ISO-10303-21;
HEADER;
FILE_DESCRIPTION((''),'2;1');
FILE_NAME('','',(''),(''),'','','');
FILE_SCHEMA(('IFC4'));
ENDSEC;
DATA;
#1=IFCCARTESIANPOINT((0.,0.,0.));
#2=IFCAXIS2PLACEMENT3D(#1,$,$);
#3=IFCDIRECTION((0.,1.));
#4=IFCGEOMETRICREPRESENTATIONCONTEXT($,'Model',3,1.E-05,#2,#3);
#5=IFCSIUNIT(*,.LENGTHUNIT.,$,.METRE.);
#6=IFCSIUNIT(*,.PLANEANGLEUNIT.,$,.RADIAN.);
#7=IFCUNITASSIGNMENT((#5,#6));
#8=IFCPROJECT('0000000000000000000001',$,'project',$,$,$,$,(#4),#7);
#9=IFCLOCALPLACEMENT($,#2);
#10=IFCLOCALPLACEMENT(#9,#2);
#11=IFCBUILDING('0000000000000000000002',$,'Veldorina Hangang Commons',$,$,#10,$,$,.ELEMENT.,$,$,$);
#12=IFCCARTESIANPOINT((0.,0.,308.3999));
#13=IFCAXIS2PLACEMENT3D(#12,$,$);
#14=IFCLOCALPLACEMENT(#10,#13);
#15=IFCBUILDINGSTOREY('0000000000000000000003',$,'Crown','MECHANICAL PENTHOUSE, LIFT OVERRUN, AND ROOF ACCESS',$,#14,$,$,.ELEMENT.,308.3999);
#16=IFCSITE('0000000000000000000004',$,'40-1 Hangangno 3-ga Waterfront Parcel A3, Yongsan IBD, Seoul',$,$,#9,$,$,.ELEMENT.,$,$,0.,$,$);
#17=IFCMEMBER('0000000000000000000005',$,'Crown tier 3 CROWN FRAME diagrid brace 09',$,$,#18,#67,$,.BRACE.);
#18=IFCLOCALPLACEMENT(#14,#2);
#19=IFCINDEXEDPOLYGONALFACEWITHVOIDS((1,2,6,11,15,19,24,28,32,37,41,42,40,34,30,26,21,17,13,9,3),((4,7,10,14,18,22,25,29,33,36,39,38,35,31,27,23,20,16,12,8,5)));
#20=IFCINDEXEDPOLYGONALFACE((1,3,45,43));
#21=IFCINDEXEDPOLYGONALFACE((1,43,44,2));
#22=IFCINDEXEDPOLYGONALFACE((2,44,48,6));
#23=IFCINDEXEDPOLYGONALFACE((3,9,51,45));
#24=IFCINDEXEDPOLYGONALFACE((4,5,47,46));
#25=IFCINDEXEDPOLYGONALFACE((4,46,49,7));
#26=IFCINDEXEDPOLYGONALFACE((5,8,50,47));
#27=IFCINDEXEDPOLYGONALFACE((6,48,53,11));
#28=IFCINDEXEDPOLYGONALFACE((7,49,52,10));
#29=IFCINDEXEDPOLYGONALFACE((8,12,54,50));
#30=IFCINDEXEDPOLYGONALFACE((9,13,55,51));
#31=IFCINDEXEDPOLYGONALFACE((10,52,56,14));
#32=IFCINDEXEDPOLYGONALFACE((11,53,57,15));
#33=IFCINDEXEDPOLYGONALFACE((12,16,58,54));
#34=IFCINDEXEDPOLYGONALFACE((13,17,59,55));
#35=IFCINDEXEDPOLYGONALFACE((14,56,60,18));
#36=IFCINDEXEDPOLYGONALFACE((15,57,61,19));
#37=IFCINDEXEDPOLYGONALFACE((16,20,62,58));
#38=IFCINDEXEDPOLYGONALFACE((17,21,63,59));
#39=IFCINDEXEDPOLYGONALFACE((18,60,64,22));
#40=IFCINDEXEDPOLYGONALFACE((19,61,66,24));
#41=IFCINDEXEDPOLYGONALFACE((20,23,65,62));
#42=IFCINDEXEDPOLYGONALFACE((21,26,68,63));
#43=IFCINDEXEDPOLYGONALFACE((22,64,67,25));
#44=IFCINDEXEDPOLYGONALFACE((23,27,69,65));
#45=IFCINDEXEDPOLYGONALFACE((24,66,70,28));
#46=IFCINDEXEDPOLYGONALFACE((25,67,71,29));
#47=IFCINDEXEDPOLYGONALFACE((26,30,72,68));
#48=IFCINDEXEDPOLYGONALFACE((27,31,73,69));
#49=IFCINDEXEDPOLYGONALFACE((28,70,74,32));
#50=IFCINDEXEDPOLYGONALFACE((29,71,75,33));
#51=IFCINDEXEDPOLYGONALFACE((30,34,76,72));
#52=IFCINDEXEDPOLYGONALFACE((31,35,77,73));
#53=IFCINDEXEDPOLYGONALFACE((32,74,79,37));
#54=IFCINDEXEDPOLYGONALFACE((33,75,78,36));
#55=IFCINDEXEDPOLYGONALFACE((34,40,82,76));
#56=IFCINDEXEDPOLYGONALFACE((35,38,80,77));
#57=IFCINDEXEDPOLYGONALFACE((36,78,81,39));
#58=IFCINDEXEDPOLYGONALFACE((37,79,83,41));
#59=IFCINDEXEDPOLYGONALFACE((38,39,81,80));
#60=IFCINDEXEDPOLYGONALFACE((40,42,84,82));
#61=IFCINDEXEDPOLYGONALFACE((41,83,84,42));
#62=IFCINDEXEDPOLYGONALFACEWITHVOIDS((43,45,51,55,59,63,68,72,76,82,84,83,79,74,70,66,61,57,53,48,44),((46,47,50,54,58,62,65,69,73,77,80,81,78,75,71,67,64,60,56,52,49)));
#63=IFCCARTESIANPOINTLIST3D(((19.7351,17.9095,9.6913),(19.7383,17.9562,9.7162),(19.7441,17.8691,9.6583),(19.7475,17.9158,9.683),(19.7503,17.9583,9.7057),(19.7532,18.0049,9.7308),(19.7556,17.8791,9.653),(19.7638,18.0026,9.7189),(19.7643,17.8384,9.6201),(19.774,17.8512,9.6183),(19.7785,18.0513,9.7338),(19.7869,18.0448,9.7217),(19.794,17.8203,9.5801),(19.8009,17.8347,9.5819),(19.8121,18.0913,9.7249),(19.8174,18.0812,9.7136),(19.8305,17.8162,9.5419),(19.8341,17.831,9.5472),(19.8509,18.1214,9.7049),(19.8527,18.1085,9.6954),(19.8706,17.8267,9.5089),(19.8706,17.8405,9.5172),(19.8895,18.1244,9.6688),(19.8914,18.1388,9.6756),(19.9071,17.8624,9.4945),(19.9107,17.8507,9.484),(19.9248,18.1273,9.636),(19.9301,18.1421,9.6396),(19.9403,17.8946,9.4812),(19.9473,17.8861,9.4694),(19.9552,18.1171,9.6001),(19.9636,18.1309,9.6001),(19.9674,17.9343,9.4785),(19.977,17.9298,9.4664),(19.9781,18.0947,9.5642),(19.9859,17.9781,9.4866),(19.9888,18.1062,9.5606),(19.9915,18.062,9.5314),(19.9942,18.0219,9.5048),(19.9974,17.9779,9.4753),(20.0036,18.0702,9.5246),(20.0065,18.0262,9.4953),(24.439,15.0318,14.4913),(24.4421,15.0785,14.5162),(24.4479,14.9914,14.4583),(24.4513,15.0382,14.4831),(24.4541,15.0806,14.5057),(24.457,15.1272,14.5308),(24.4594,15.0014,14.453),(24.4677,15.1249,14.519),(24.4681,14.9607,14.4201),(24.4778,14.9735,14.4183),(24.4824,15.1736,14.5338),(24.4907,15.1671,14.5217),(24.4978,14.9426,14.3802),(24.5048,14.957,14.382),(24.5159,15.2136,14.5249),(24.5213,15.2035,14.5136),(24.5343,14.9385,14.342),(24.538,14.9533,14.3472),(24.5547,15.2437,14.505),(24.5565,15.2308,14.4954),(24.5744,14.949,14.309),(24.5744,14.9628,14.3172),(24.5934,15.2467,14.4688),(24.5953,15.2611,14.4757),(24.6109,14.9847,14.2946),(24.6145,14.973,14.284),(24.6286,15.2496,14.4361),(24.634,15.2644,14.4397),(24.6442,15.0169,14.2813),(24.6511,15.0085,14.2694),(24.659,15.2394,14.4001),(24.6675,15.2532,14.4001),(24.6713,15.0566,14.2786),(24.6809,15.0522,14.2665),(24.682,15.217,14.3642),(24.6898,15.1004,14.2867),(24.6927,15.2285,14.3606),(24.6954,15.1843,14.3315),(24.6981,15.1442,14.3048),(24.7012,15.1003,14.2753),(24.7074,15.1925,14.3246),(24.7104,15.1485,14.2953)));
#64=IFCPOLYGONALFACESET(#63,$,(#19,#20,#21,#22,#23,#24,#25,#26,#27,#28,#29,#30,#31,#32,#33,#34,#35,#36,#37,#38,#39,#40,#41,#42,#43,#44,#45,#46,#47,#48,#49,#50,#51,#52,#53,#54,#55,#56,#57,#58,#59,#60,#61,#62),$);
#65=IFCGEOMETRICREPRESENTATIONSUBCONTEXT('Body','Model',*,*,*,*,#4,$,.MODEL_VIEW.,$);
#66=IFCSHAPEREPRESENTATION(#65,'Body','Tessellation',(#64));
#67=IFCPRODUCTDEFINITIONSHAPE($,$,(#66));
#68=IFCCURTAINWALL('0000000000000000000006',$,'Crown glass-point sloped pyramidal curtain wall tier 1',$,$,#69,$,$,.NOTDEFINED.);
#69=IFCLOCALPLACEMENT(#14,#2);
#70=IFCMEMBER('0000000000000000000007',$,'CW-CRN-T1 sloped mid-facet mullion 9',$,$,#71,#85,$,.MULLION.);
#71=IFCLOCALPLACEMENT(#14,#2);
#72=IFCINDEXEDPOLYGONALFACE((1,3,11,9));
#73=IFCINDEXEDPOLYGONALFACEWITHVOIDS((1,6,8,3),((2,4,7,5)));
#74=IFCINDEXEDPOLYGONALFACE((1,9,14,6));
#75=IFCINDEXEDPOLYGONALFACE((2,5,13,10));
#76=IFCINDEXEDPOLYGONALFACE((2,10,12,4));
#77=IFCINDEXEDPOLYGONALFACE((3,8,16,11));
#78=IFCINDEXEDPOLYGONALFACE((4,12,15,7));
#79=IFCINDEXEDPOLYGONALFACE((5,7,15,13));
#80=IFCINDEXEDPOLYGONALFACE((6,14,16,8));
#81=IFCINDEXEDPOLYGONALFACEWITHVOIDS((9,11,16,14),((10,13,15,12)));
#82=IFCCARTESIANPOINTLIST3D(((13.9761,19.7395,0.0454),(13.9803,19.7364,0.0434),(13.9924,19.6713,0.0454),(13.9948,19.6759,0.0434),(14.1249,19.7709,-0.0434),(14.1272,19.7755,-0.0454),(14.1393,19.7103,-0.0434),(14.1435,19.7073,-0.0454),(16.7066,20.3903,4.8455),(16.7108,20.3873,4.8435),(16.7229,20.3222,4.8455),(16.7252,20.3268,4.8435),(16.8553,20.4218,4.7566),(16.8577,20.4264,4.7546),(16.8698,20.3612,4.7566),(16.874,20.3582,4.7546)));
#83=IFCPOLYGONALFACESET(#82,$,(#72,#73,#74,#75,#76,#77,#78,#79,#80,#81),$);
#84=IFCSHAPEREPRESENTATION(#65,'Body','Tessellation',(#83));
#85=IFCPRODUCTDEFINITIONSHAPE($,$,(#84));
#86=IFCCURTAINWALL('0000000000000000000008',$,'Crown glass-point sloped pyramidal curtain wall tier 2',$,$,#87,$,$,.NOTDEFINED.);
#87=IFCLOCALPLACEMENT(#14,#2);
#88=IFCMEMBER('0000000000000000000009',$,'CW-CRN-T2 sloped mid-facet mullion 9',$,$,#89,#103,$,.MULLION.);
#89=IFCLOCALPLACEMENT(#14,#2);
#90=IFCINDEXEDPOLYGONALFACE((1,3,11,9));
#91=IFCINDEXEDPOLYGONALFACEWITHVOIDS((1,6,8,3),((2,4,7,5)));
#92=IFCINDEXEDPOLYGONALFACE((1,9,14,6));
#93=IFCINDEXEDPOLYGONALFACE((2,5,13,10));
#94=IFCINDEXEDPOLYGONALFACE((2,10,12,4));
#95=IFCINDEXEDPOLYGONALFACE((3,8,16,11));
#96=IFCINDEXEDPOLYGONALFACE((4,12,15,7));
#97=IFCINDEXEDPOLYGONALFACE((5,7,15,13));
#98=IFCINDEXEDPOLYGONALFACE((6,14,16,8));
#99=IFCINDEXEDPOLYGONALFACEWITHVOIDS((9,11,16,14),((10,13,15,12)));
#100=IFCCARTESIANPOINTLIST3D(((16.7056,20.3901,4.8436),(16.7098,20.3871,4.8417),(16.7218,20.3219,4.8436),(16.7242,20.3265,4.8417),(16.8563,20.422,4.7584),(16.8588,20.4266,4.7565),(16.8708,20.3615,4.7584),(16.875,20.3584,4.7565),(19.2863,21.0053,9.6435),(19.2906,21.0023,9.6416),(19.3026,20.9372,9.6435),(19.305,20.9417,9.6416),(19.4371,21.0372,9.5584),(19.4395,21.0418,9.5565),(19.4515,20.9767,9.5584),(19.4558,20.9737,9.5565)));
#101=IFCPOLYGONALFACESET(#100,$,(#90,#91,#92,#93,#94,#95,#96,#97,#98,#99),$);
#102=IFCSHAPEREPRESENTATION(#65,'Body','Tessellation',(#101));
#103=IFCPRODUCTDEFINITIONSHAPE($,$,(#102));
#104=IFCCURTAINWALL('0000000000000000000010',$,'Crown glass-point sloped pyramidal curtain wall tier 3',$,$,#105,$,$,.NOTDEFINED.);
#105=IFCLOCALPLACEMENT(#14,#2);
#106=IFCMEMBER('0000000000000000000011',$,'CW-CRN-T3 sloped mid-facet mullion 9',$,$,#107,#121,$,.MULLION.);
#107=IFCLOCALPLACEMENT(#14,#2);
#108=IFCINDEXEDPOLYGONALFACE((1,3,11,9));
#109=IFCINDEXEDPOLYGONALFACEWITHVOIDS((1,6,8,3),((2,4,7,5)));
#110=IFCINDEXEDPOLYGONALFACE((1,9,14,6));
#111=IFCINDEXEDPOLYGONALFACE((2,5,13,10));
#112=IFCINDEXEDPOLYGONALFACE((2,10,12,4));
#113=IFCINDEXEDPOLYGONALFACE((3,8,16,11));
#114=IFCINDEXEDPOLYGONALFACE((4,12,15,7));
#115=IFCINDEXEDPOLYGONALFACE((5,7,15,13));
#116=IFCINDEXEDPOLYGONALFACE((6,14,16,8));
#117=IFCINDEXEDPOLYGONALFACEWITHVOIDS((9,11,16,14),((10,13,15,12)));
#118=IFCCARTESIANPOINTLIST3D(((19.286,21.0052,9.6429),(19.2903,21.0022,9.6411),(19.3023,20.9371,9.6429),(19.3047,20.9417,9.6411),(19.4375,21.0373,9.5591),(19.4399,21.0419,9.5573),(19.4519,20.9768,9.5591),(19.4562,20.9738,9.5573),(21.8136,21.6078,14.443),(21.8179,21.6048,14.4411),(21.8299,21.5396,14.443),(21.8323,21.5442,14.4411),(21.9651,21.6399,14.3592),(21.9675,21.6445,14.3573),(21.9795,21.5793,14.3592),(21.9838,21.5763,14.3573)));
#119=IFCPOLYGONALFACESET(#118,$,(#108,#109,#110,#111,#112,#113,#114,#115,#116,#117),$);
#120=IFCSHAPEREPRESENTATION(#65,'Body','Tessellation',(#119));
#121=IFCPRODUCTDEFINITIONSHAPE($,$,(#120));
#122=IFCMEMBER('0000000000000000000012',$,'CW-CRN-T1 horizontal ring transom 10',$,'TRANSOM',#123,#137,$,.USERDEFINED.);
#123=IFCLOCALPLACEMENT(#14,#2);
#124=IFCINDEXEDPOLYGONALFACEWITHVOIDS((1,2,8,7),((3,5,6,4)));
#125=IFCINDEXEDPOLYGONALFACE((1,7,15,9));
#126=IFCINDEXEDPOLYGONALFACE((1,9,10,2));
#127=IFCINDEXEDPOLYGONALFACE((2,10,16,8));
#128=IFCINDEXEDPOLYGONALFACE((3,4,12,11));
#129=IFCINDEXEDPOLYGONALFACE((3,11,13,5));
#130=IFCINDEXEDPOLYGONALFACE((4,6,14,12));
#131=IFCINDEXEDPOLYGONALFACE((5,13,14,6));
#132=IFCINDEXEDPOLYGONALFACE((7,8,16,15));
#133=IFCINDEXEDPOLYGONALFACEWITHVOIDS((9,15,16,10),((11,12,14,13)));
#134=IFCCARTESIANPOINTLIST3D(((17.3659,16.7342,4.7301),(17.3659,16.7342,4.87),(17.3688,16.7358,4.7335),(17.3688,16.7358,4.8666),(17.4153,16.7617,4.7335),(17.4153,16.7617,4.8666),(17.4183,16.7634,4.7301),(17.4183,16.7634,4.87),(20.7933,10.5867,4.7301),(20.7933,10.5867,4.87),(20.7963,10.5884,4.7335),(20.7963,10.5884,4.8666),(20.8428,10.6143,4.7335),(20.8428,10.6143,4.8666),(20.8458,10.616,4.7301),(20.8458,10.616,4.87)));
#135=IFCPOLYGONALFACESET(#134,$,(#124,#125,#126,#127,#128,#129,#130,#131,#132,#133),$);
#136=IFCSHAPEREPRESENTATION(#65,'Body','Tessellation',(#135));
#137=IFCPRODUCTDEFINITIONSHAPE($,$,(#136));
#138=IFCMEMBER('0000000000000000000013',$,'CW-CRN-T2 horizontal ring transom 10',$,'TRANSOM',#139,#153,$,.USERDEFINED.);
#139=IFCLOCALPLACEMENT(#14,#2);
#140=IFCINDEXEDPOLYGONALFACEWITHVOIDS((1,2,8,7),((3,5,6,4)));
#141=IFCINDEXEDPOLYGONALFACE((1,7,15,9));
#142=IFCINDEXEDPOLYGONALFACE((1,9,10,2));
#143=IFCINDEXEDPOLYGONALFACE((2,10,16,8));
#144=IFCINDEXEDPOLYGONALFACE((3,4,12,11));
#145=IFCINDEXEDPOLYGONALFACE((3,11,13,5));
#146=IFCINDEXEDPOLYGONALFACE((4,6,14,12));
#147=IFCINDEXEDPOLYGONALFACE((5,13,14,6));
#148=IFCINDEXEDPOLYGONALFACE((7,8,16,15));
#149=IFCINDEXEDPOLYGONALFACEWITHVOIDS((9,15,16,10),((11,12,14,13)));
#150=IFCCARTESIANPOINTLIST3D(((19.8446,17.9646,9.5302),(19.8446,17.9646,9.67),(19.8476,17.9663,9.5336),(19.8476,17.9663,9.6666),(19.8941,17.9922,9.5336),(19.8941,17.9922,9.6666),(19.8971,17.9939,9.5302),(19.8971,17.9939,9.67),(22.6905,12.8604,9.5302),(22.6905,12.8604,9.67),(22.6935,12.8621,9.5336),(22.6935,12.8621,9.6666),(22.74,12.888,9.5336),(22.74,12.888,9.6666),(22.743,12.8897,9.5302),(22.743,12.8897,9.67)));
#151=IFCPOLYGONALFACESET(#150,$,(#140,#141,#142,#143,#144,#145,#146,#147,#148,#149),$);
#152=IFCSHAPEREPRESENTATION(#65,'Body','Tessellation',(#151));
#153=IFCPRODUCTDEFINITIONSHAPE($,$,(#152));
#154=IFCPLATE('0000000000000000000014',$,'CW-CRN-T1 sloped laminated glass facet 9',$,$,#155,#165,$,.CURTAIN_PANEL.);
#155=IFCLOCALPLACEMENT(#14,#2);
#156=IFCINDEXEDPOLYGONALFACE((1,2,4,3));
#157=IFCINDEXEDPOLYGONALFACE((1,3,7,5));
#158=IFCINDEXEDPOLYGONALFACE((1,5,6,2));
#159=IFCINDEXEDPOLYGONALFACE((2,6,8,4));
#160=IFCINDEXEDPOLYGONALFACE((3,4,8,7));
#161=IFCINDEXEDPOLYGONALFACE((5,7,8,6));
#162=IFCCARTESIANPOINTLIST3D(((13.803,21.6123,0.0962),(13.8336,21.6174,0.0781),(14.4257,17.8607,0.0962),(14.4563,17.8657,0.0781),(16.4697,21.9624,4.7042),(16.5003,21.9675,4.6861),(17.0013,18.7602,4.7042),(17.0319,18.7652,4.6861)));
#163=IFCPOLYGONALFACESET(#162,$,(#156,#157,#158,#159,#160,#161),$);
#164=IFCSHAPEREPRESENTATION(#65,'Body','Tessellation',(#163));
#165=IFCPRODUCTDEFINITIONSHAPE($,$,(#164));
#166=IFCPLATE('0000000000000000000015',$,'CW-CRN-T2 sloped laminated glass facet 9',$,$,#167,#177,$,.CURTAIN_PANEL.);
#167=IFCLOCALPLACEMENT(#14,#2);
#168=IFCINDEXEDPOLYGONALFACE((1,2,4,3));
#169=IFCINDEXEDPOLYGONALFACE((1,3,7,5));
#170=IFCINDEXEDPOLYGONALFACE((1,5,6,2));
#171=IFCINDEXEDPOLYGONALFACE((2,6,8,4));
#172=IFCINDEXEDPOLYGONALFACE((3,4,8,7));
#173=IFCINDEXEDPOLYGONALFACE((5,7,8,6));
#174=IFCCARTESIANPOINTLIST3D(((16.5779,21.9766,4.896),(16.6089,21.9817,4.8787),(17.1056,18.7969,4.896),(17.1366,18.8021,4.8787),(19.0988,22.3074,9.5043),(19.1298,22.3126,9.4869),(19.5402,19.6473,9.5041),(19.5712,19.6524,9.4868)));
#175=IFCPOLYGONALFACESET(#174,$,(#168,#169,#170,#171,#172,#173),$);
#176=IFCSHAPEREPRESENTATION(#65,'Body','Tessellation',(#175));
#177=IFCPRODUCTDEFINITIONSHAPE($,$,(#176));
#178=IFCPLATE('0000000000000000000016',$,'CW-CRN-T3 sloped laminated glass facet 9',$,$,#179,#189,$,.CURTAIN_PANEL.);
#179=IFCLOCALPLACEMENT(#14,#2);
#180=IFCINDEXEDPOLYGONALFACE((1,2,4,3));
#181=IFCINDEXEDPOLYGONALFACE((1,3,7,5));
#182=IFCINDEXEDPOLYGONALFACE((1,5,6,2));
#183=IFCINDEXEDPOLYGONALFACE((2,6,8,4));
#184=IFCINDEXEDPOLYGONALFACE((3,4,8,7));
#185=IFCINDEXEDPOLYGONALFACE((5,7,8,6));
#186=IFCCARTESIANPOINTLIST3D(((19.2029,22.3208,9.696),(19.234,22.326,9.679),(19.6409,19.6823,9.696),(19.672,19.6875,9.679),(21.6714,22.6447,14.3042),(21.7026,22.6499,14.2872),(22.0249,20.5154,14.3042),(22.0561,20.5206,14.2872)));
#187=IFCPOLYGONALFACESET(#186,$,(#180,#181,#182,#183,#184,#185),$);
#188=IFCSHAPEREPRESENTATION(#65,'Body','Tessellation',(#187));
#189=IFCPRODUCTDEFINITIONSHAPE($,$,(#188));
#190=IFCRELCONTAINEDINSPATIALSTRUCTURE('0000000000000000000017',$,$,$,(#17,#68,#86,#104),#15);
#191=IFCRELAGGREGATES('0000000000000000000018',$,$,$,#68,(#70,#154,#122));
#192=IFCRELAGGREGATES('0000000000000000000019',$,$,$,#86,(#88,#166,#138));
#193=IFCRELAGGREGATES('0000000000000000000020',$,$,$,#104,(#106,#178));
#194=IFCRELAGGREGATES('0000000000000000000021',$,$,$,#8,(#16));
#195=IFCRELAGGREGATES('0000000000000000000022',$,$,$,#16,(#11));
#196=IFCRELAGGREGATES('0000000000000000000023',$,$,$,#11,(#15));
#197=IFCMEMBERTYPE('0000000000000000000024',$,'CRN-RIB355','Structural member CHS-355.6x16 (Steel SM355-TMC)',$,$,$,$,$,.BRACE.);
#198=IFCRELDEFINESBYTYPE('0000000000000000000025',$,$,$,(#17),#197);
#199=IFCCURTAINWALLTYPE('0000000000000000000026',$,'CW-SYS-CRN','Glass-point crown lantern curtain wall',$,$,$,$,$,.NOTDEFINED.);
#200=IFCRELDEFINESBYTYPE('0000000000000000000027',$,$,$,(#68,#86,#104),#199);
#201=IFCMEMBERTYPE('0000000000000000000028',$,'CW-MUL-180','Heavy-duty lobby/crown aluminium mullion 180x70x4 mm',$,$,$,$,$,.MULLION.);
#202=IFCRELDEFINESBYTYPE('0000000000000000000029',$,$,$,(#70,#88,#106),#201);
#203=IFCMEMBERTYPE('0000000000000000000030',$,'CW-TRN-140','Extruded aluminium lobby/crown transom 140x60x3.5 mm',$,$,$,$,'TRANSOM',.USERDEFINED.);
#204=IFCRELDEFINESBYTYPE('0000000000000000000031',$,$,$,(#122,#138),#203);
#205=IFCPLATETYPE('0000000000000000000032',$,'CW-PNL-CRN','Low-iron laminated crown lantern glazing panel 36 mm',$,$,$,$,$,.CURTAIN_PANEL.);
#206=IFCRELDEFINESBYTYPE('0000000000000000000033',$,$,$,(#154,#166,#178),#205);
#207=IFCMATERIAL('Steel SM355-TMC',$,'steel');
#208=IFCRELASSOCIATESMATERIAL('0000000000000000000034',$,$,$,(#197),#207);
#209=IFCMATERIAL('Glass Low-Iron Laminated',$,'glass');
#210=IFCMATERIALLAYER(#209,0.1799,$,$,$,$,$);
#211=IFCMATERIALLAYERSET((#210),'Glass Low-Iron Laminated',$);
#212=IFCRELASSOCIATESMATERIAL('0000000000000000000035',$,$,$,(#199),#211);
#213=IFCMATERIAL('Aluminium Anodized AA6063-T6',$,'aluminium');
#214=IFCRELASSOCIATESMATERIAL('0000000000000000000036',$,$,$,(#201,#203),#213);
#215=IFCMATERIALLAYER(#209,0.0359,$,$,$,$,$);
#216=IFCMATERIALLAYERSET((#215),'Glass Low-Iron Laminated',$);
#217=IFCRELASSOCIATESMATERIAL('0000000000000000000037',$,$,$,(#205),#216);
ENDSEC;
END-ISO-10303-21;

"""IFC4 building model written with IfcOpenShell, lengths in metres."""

from ifc_helpers import new_model, si_unit, direction, frame, origin, origin_2d, place, context, subcontext, project, spatial, polyline, hollow_rectangle, hollow_circle, outline, extrude, material, layer, layer_set, material_profile, profile_set, type_object, element, aggregate, save


model = new_model("IFC4")

# Units and contexts
model_context = context("Model", 3, precision=1e-05, world=origin(), true_north=direction((0.0, 1.0)))
body_context = subcontext(model_context, "Body", "Model", "MODEL_VIEW")
ifc_project = project(units=[si_unit("LENGTHUNIT", "METRE"), si_unit("PLANEANGLEUNIT", "RADIAN")], contexts=[model_context])

# Site, building, storey
site_placement = place(None, origin())
site = spatial("IfcSite", under=ifc_project, at=site_placement, Name="40-1 Hangangno 3-ga Waterfront Parcel A3, Yongsan IBD, Seoul", CompositionType="ELEMENT", RefElevation=0.0)
building_placement = place(site_placement, origin())
building = spatial("IfcBuilding", under=site, at=building_placement, Name="Veldorina Hangang Commons", CompositionType="ELEMENT")
storey_placement = place(building_placement, frame((0.0, 0.0, 308.3999)))
storey = spatial("IfcBuildingStorey", under=building, at=storey_placement, Name="Crown", Description="MECHANICAL PENTHOUSE, LIFT OVERRUN, AND ROOF ACCESS", CompositionType="ELEMENT", Elevation=308.3999)

# Member
ifc_material_1 = material(Name="Steel SM355-TMC", Category="steel")
ifc_material_profile_1 = material_profile(ifc_material_1, hollow_circle(Radius=0.1777, WallThickness=0.0161, at=origin_2d()), Name="CHS-355.6x16")
ifc_profile_set_1 = profile_set([ifc_material_profile_1], Name="Steel SM355-TMC")
member_type_1 = type_object("IfcMemberType", Name="CRN-RIB355", Description="Structural member CHS-355.6x16 (Steel SM355-TMC)", PredefinedType="BRACE", material=ifc_profile_set_1)
member_1_placement = place(storey_placement, frame((19.8708, 17.9792, 9.6001), z_axis=(0.643412, -0.393621, 0.656569), x_axis=(0.52186, 0.853031, 0.0)))
element("IfcMember", 1, at=member_1_placement, inside=storey, type_object=member_type_1, Name="Crown tier 3 CROWN FRAME diagrid brace 09", PredefinedType="BRACE", context=body_context, shape_type="SweptSolid", body=[
    extrude(hollow_circle(Radius=0.1777, WallThickness=0.0161, at=origin_2d()), origin(), (0.0, 0.0, 1.0), 7.3108),
])

# Curtain walls, members
ifc_material_2 = material(Name="Glass Low-Iron Laminated", Category="glass")
ifc_layer_1 = layer(ifc_material_2, 0.1799)
ifc_layer_set_1 = layer_set([ifc_layer_1], Name="Glass Low-Iron Laminated")
curtain_wall_type = type_object("IfcCurtainWallType", Name="CW-SYS-CRN", Description="Glass-point crown lantern curtain wall", PredefinedType="NOTDEFINED", material=ifc_layer_set_1)
curtain_wall_1_placement = place(storey_placement, origin())
curtain_wall_1 = element("IfcCurtainWall", 2, at=curtain_wall_1_placement, inside=storey, type_object=curtain_wall_type, Name="Crown glass-point sloped pyramidal curtain wall tier 1", PredefinedType="NOTDEFINED")
ifc_material_3 = material(Name="Aluminium Anodized AA6063-T6", Category="aluminium")
ifc_material_profile_2 = material_profile(ifc_material_3, hollow_rectangle(XDim=0.0701, YDim=0.1799, WallThickness=0.0039, at=origin_2d()), Name="ALU-RHS-180x70x4")
ifc_profile_set_2 = profile_set([ifc_material_profile_2], Name="Aluminium Anodized AA6063-T6")
member_type_2 = type_object("IfcMemberType", Name="CW-MUL-180", Description="Heavy-duty lobby/crown aluminium mullion 180x70x4 mm", PredefinedType="MULLION", material=ifc_profile_set_2)
member_2_placement = place(storey_placement, frame((14.0598, 19.7234, 0.0), z_axis=(0.491044, 0.117053, 0.863235), x_axis=(-0.231879, 0.972745, 0.0)))
member_2 = element("IfcMember", 3, at=member_2_placement, type_object=member_type_2, Name="CW-CRN-T1 sloped mid-facet mullion 9", PredefinedType="MULLION", context=body_context, shape_type="SweptSolid", body=[
    extrude(hollow_rectangle(XDim=0.0701, YDim=0.1799, WallThickness=0.0039, at=origin_2d()), origin(), (0.0, 0.0, 1.0), 5.5605),
])
curtain_wall_2_placement = place(storey_placement, origin())
curtain_wall_2 = element("IfcCurtainWall", 4, at=curtain_wall_2_placement, inside=storey, type_object=curtain_wall_type, Name="Crown glass-point sloped pyramidal curtain wall tier 2", PredefinedType="NOTDEFINED")
member_3_placement = place(storey_placement, frame((16.7903, 20.3743, 4.8), z_axis=(0.470566, 0.112177, 0.875205), x_axis=(-0.23189, 0.972742, 0.0)))
member_3 = element("IfcMember", 5, at=member_3_placement, type_object=member_type_2, Name="CW-CRN-T2 sloped mid-facet mullion 9", PredefinedType="MULLION", context=body_context, shape_type="SweptSolid", body=[
    extrude(hollow_rectangle(XDim=0.0701, YDim=0.1799, WallThickness=0.0039, at=origin_2d()), origin(), (0.0, 0.0, 1.0), 5.4844),
])
curtain_wall_3_placement = place(storey_placement, origin())
curtain_wall_3 = element("IfcCurtainWall", 6, at=curtain_wall_3_placement, inside=storey, type_object=curtain_wall_type, Name="Crown glass-point sloped pyramidal curtain wall tier 3", PredefinedType="NOTDEFINED")
member_4_placement = place(storey_placement, frame((19.3711, 20.9895, 9.6001), z_axis=(0.463079, 0.110391, 0.879416), x_axis=(-0.231887, 0.972743, 0.0)))
member_4 = element("IfcMember", 7, at=member_4_placement, type_object=member_type_2, Name="CW-CRN-T3 sloped mid-facet mullion 9", PredefinedType="MULLION", context=body_context, shape_type="SweptSolid", body=[
    extrude(hollow_rectangle(XDim=0.0701, YDim=0.1799, WallThickness=0.0039, at=origin_2d()), origin(), (0.0, 0.0, 1.0), 5.4583),
])

# Members
ifc_material_profile_3 = material_profile(ifc_material_3, hollow_rectangle(XDim=0.0601, YDim=0.1399, WallThickness=0.0034, at=origin_2d()), Name="ALU-RHS-140x60x3.5")
ifc_profile_set_3 = profile_set([ifc_material_profile_3], Name="Aluminium Anodized AA6063-T6")
member_type_3 = type_object("IfcMemberType", Name="CW-TRN-140", Description="Extruded aluminium lobby/crown transom 140x60x3.5 mm", ElementType="TRANSOM", PredefinedType="USERDEFINED", material=ifc_profile_set_3)
member_5_placement = place(storey_placement, frame((17.3921, 16.7488, 4.8), z_axis=(0.486971, -0.873418, 0.0), x_axis=(0.873418, 0.486971, 0.0)))
member_5 = element("IfcMember", 8, at=member_5_placement, type_object=member_type_3, Name="CW-CRN-T1 horizontal ring transom 10", ObjectType="TRANSOM", PredefinedType="USERDEFINED", context=body_context, shape_type="SweptSolid", body=[
    extrude(hollow_rectangle(XDim=0.0601, YDim=0.1399, WallThickness=0.0034, at=origin_2d()), origin(), (0.0, 0.0, 1.0), 7.0383),
])
member_6_placement = place(storey_placement, frame((19.8708, 17.9792, 9.6001), z_axis=(0.486983, -0.873411, 0.0), x_axis=(0.873411, 0.486983, 0.0)))
member_6 = element("IfcMember", 9, at=member_6_placement, type_object=member_type_3, Name="CW-CRN-T2 horizontal ring transom 10", ObjectType="TRANSOM", PredefinedType="USERDEFINED", context=body_context, shape_type="SweptSolid", body=[
    extrude(hollow_rectangle(XDim=0.0601, YDim=0.1399, WallThickness=0.0034, at=origin_2d()), origin(), (0.0, 0.0, 1.0), 5.844),
])

# Plates
ifc_layer_2 = layer(ifc_material_2, 0.0359)
ifc_layer_set_2 = layer_set([ifc_layer_2], Name="Glass Low-Iron Laminated")
plate_type_1 = type_object("IfcPlateType", Name="CW-PNL-CRN", Description="Low-iron laminated crown lantern glazing panel 36 mm", PredefinedType="CURTAIN_PANEL", material=ifc_layer_set_2)
plate_1_placement = place(storey_placement, frame((13.803, 21.6123, 0.0962), z_axis=(-0.852112, -0.141445, 0.503884), x_axis=(0.163756, -0.986501, 0.000005)))
plate_1 = element("IfcPlate", 10, at=plate_1_placement, type_object=plate_type_1, Name="CW-CRN-T1 sloped laminated glass facet 9", PredefinedType="CURTAIN_PANEL", context=body_context, shape_type="SweptSolid", body=[
    extrude(outline(polyline([(0.0, 0.0), (3.803, 0.0), (3.3374, 5.3347), (0.0913, 5.3347), (0.0, 0.0)])), origin(), (0.0, 0.0, -1.0), 0.0359),
])
aggregate(curtain_wall_1, [member_2, plate_1, member_5])
plate_2_placement = place(storey_placement, frame((16.5779, 21.9766, 4.896), z_axis=(-0.863872, -0.143377, 0.482875), x_axis=(0.163737, -0.986504, 0.000013)))
plate_2 = element("IfcPlate", 11, at=plate_2_placement, type_object=plate_type_1, Name="CW-CRN-T2 sloped laminated glass facet 9", PredefinedType="CURTAIN_PANEL", context=body_context, shape_type="SweptSolid", body=[
    extrude(outline(polyline([(0.0, 0.0), (3.2231, 0.0), (2.783, 5.2622), (0.0864, 5.2625), (0.0, 0.0)])), origin(), (0.0, 0.0, -1.0), 0.0359),
])
aggregate(curtain_wall_2, [member_3, plate_2, member_6])
plate_3_placement = place(storey_placement, frame((19.2029, 22.3208, 9.696), z_axis=(-0.868038, -0.144103, 0.475126), x_axis=(0.163767, -0.986499, -0.000002)))
plate_3 = element("IfcPlate", 12, at=plate_3_placement, type_object=plate_type_1, Name="CW-CRN-T3 sloped laminated glass facet 9", PredefinedType="CURTAIN_PANEL", context=body_context, shape_type="SweptSolid", body=[
    extrude(outline(polyline([(0.0, 0.0), (2.6746, 0.0), (2.2432, 5.2371), (0.0847, 5.2371), (0.0, 0.0)])), origin(), (0.0, 0.0, -1.0), 0.0359),
])
aggregate(curtain_wall_3, [member_4, plate_3])

save(model, "model.ifc")
